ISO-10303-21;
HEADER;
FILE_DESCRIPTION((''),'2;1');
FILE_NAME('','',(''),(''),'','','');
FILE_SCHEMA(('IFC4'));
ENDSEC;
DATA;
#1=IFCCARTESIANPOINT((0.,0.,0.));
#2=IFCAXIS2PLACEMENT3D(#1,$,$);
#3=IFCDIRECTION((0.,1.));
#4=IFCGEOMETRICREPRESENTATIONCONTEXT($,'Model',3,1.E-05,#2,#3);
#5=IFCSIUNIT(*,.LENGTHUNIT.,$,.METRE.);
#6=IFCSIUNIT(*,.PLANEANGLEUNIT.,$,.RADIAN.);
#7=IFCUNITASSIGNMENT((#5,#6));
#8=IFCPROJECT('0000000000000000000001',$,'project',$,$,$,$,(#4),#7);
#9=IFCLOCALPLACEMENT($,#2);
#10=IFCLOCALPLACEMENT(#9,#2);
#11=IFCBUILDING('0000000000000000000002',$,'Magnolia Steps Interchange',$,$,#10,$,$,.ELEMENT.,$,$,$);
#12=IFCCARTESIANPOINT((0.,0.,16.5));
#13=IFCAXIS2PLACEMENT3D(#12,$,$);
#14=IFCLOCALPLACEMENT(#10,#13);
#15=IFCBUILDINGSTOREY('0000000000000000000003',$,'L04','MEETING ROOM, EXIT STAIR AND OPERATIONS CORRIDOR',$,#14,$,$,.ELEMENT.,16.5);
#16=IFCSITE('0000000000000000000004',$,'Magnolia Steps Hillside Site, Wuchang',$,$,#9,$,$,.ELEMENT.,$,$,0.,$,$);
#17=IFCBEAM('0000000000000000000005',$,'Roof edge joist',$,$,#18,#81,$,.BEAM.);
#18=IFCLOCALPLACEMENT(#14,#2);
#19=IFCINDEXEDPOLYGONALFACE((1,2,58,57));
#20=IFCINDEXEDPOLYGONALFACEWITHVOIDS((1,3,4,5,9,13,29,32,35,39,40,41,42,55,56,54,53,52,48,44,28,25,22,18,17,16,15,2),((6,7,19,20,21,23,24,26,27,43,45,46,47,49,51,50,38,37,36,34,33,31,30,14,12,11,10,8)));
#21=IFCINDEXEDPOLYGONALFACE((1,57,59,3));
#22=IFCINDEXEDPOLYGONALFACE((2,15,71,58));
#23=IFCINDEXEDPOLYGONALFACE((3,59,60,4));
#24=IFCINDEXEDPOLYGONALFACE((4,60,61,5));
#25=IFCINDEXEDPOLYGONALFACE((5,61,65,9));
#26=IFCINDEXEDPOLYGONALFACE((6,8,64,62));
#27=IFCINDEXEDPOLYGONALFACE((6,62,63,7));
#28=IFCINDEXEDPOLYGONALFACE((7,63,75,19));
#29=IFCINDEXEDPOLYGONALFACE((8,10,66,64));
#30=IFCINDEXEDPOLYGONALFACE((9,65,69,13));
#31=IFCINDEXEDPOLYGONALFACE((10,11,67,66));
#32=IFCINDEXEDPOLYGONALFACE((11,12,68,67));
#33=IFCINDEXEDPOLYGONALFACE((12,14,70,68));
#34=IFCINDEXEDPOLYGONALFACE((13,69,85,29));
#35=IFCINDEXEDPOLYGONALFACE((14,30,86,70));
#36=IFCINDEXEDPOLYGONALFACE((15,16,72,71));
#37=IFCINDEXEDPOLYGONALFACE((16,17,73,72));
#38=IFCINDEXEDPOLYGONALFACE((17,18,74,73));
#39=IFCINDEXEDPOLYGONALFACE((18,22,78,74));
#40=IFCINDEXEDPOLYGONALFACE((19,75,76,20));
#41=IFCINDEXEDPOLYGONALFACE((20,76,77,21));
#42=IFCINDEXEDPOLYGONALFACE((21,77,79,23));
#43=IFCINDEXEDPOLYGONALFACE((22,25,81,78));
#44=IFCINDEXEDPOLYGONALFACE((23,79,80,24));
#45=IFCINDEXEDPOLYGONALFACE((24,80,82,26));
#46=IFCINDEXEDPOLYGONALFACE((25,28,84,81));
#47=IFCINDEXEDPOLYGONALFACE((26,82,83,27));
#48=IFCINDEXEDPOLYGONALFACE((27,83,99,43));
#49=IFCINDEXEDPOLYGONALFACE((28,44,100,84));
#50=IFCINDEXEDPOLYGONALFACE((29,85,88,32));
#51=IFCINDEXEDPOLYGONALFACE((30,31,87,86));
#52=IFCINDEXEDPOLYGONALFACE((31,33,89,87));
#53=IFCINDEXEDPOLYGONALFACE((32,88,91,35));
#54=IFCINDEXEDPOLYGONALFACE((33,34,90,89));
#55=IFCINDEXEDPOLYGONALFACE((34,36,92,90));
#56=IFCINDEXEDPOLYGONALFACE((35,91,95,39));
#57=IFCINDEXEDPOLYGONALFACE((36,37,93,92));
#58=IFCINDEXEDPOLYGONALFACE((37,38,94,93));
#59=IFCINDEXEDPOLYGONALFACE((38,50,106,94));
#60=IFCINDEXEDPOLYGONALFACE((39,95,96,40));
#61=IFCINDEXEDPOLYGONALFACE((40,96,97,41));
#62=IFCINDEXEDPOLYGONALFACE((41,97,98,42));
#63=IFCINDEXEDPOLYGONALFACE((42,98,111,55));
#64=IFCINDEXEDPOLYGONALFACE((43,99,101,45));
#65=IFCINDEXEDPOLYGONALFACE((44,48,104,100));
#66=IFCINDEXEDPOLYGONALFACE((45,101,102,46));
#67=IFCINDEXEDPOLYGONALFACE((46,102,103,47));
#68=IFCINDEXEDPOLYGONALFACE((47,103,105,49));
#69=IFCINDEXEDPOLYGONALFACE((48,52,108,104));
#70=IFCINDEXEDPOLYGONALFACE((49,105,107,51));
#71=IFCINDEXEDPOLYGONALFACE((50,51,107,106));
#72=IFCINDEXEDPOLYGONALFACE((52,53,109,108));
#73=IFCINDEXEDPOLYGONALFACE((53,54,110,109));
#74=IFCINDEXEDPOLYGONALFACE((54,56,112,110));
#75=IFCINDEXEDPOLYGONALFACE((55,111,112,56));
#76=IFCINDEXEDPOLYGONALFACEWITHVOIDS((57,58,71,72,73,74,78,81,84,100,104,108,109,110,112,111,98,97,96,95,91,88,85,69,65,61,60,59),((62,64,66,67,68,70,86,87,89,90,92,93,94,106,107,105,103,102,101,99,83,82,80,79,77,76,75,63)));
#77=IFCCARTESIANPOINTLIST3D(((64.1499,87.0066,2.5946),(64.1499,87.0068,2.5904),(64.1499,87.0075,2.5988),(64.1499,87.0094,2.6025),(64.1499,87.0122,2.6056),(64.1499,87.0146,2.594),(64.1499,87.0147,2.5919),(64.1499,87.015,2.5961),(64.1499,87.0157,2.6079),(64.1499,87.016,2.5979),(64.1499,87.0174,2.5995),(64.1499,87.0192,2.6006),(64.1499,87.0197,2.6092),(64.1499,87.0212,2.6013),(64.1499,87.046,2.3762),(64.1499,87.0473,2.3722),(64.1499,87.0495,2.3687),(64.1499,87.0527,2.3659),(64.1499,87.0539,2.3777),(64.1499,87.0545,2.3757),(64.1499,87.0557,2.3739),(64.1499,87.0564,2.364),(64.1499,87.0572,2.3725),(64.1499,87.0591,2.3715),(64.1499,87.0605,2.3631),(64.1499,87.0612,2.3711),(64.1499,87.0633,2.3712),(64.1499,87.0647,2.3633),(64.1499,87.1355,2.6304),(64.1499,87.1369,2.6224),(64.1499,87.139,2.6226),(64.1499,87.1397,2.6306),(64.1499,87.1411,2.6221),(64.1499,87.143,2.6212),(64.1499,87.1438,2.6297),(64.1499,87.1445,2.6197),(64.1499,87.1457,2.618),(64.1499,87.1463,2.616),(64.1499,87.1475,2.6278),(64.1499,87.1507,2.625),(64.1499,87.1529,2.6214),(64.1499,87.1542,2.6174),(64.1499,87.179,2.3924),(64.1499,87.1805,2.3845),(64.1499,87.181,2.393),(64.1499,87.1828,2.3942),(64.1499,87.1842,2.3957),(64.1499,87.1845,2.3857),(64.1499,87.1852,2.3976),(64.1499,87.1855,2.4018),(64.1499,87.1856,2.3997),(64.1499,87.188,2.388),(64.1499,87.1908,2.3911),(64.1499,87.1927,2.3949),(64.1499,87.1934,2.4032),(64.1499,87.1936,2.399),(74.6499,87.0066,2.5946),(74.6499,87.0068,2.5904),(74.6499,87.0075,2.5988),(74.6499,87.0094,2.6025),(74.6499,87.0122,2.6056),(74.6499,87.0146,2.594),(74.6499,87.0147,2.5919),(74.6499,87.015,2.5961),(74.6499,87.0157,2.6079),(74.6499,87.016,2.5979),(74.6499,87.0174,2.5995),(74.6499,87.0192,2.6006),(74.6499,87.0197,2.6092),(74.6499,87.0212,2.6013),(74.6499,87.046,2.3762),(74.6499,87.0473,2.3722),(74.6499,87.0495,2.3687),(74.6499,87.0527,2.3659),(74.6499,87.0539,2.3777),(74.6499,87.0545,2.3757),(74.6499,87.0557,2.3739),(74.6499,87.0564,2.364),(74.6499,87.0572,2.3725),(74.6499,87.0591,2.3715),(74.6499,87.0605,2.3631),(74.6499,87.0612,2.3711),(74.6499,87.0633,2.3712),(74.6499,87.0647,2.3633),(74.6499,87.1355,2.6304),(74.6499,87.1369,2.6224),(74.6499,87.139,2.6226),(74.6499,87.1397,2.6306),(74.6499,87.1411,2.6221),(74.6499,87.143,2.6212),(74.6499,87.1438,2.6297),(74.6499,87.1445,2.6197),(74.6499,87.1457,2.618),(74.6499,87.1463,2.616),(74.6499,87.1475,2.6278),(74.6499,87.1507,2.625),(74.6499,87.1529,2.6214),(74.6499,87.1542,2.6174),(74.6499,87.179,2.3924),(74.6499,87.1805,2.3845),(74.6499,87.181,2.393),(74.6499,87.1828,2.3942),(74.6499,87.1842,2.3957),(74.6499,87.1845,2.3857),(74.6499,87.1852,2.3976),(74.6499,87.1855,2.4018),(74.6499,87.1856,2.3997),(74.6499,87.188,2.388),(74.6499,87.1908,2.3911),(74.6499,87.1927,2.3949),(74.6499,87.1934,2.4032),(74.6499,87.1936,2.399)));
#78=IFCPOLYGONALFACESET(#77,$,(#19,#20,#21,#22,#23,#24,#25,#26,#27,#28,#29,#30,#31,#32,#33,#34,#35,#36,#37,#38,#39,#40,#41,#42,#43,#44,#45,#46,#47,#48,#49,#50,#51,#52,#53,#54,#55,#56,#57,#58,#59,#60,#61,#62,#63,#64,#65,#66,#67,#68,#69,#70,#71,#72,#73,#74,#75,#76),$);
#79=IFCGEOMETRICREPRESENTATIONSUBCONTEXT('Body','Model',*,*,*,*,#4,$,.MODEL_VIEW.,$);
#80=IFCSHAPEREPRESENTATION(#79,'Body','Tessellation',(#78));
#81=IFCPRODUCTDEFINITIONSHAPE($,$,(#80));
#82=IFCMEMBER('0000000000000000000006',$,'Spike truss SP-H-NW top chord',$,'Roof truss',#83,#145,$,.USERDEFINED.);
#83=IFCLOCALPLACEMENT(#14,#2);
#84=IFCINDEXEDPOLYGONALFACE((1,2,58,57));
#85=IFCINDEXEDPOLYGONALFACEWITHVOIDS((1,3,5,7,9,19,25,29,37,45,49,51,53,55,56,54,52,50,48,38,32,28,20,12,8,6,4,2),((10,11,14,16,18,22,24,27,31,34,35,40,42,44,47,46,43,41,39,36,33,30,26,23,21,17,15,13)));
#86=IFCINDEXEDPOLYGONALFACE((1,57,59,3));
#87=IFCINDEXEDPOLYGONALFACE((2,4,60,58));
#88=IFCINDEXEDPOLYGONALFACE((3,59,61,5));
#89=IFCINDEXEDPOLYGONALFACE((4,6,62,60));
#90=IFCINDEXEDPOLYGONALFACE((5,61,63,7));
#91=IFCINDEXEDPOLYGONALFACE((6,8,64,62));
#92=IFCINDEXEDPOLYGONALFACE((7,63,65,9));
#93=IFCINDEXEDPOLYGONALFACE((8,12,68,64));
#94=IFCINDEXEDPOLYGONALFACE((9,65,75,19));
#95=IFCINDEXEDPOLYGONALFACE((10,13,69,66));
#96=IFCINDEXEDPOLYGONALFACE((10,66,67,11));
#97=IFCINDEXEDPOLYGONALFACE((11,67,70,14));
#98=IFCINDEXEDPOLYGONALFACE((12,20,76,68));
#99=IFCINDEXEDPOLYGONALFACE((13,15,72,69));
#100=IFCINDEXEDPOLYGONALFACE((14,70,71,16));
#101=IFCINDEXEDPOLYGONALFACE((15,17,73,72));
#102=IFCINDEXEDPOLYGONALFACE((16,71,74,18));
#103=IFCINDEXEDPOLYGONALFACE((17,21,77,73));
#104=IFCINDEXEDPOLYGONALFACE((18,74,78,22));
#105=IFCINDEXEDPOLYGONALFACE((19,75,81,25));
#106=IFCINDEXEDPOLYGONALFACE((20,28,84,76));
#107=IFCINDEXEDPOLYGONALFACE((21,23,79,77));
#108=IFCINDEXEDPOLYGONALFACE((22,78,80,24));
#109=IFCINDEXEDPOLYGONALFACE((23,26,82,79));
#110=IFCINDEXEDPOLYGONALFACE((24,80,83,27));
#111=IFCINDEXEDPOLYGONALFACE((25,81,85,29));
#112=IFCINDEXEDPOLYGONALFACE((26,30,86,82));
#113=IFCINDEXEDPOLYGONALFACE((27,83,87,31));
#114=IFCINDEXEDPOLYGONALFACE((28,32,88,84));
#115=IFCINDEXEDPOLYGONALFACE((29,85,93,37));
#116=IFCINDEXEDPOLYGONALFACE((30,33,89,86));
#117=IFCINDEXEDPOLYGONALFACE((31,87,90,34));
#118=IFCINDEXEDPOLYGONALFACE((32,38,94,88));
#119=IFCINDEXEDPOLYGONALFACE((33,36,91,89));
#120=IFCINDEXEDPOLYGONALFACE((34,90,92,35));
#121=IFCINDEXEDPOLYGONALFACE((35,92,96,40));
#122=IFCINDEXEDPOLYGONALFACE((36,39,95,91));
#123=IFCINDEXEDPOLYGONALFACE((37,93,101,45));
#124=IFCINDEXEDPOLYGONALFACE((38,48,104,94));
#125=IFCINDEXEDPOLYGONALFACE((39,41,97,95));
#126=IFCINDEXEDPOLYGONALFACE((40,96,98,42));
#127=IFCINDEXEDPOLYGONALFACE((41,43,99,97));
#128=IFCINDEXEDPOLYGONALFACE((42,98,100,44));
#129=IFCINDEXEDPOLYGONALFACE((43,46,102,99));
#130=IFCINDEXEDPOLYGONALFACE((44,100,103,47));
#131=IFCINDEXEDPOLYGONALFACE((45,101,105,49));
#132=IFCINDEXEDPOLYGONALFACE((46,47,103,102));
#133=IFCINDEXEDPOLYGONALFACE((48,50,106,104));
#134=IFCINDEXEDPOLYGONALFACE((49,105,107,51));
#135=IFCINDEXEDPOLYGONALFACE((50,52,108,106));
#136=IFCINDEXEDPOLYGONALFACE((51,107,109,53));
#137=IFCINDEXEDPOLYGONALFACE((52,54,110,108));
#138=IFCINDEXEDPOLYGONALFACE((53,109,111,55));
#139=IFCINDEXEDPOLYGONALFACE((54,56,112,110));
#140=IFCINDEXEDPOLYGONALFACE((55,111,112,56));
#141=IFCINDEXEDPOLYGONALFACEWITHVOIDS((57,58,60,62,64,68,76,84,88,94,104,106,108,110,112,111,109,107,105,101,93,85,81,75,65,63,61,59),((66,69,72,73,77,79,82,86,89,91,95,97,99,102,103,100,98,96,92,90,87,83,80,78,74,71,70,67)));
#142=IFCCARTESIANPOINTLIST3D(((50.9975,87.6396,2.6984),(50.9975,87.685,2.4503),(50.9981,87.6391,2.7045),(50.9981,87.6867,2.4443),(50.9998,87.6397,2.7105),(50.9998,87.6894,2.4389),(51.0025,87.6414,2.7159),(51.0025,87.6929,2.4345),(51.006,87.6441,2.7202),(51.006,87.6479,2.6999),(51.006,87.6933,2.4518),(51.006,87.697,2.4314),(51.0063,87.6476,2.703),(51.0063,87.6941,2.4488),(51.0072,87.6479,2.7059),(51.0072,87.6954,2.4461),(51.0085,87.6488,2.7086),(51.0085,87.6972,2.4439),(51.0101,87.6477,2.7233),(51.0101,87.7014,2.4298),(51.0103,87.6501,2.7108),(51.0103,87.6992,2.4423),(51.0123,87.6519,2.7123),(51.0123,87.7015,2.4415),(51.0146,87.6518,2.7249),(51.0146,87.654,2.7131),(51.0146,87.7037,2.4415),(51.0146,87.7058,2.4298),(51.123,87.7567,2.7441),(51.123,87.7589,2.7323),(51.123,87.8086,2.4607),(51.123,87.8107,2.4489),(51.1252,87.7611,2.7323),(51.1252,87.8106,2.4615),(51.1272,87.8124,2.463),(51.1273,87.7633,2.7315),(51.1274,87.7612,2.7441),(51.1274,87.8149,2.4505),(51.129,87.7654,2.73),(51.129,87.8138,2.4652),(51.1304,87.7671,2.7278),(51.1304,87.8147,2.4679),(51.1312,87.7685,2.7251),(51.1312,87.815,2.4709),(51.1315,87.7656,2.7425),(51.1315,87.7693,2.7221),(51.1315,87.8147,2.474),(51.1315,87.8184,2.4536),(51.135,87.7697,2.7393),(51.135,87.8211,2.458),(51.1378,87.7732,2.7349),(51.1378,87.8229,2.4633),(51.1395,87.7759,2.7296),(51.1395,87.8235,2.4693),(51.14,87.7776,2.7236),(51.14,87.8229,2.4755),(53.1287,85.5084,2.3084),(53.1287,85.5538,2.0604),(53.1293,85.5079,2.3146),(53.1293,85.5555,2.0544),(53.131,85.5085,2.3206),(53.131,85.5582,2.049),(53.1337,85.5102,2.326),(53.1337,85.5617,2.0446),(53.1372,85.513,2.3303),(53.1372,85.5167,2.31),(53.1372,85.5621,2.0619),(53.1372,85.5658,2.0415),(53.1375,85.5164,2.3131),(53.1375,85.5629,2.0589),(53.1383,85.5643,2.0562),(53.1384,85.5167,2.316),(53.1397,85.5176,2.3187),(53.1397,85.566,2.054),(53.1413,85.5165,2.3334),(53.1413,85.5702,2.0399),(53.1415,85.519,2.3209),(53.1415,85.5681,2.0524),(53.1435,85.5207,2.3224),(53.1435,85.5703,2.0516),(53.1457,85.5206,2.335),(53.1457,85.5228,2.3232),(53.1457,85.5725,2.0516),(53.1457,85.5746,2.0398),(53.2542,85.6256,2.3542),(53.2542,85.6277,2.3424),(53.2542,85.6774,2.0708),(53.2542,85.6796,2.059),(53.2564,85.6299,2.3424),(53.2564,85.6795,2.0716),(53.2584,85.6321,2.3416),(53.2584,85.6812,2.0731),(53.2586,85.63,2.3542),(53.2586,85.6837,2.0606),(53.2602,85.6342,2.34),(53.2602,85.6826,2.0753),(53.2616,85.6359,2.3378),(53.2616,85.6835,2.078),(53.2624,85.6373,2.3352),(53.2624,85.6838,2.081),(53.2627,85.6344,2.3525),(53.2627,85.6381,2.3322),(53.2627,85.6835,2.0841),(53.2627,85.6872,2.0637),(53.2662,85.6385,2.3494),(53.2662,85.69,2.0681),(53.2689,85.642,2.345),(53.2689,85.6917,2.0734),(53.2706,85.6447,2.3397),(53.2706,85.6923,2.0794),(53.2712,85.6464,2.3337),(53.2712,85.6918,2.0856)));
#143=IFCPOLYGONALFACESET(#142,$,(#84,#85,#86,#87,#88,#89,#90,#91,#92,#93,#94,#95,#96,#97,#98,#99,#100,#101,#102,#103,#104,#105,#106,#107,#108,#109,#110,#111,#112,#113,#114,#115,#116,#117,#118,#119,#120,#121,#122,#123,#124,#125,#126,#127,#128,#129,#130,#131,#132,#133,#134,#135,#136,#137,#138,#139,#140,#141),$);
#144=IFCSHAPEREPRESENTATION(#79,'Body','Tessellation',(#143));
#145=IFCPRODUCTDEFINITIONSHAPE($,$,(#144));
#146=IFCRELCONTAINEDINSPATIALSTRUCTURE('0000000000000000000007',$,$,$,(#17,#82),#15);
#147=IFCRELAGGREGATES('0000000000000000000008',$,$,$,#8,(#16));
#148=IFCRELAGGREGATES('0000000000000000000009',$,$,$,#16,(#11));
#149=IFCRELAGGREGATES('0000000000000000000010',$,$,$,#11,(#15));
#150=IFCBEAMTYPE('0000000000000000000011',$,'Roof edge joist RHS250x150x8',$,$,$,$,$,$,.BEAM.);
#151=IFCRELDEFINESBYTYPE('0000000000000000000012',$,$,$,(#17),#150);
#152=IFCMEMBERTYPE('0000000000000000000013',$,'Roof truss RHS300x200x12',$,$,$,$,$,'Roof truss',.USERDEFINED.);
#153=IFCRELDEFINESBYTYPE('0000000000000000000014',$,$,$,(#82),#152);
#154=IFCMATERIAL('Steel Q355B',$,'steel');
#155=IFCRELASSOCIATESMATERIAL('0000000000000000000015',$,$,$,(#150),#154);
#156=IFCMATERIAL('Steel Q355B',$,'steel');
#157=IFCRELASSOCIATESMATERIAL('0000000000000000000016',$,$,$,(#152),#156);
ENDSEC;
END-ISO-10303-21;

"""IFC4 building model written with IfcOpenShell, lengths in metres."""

from ifc_helpers import new_model, si_unit, direction, frame, origin, origin_2d, place, context, subcontext, project, spatial, hollow_rectangle, extrude, material, material_profile, profile_set, type_object, element, save


model = new_model("IFC4")

# Units and contexts
model_context = context("Model", 3, precision=1e-05, world=origin(), true_north=direction((0.0, 1.0)))
body_context = subcontext(model_context, "Body", "Model", "MODEL_VIEW")
ifc_project = project(units=[si_unit("LENGTHUNIT", "METRE"), si_unit("PLANEANGLEUNIT", "RADIAN")], contexts=[model_context])

# Site, building, storey
site_placement = place(None, origin())
site = spatial("IfcSite", under=ifc_project, at=site_placement, Name="Magnolia Steps Hillside Site, Wuchang", CompositionType="ELEMENT", RefElevation=0.0)
building_placement = place(site_placement, origin())
building = spatial("IfcBuilding", under=site, at=building_placement, Name="Magnolia Steps Interchange", CompositionType="ELEMENT")
storey_placement = place(building_placement, frame((0.0, 0.0, 16.5)))
storey = spatial("IfcBuildingStorey", under=building, at=storey_placement, Name="L04", Description="MEETING ROOM, EXIT STAIR AND OPERATIONS CORRIDOR", CompositionType="ELEMENT", Elevation=16.5)

# Beam
ifc_material_1 = material(Name="Steel Q355B", Category="steel")
ifc_material_profile_1 = material_profile(ifc_material_1, hollow_rectangle(XDim=0.1499, YDim=0.25, WallThickness=0.0081, InnerFilletRadius=0.0081, OuterFilletRadius=0.0161, at=origin_2d()), Name="RHS250x150x8")
ifc_profile_set_1 = profile_set([ifc_material_profile_1], Name="Steel Q355B")
beam_type_1 = type_object("IfcBeamType", Name="Roof edge joist RHS250x150x8", PredefinedType="BEAM", material=ifc_profile_set_1)
for number, where, z_axis, x_axis, name in (
    (1, (64.1499, 87.1001, 2.4968), (1.0, 0.0, 0.0), (0.0, 0.983677, 0.179941), "Roof edge joist"),
):
    element("IfcBeam", number, at=place(storey_placement, frame(where, z_axis=z_axis, x_axis=x_axis)), inside=storey, type_object=beam_type_1, Name=name, PredefinedType="BEAM", context=body_context, shape_type="SweptSolid", body=[
        extrude(hollow_rectangle(XDim=0.1499, YDim=0.25, WallThickness=0.0081, InnerFilletRadius=0.0081, OuterFilletRadius=0.0161, at=origin_2d()), origin(), (0.0, 0.0, 1.0), 10.5),
    ])

# Member
ifc_material_2 = material(Name="Steel Q355B", Category="steel")
ifc_material_profile_2 = material_profile(ifc_material_2, hollow_rectangle(XDim=0.2, YDim=0.3, WallThickness=0.012, InnerFilletRadius=0.012, OuterFilletRadius=0.0239, at=origin_2d()), Name="RHS300x200x12")
ifc_profile_set_2 = profile_set([ifc_material_profile_2], Name="Steel Q355B")
member_type_1 = type_object("IfcMemberType", Name="Roof truss RHS300x200x12", ElementType="Roof truss", PredefinedType="USERDEFINED", material=ifc_profile_set_2)
member_1_placement = place(storey_placement, frame((53.2, 85.6001, 2.197), z_axis=(-0.701263, 0.701263, 0.128298), x_axis=(-0.712903, -0.689817, -0.126186)))
element("IfcMember", 2, at=member_1_placement, inside=storey, type_object=member_type_1, Name="Spike truss SP-H-NW top chord", ObjectType="Roof truss", PredefinedType="USERDEFINED", context=body_context, shape_type="SweptSolid", body=[
    extrude(hollow_rectangle(XDim=0.2, YDim=0.3, WallThickness=0.012, InnerFilletRadius=0.012, OuterFilletRadius=0.0239, at=origin_2d()), origin(), (0.0, 0.0, 1.0), 3.0391),
])

save(model, "model.ifc")
